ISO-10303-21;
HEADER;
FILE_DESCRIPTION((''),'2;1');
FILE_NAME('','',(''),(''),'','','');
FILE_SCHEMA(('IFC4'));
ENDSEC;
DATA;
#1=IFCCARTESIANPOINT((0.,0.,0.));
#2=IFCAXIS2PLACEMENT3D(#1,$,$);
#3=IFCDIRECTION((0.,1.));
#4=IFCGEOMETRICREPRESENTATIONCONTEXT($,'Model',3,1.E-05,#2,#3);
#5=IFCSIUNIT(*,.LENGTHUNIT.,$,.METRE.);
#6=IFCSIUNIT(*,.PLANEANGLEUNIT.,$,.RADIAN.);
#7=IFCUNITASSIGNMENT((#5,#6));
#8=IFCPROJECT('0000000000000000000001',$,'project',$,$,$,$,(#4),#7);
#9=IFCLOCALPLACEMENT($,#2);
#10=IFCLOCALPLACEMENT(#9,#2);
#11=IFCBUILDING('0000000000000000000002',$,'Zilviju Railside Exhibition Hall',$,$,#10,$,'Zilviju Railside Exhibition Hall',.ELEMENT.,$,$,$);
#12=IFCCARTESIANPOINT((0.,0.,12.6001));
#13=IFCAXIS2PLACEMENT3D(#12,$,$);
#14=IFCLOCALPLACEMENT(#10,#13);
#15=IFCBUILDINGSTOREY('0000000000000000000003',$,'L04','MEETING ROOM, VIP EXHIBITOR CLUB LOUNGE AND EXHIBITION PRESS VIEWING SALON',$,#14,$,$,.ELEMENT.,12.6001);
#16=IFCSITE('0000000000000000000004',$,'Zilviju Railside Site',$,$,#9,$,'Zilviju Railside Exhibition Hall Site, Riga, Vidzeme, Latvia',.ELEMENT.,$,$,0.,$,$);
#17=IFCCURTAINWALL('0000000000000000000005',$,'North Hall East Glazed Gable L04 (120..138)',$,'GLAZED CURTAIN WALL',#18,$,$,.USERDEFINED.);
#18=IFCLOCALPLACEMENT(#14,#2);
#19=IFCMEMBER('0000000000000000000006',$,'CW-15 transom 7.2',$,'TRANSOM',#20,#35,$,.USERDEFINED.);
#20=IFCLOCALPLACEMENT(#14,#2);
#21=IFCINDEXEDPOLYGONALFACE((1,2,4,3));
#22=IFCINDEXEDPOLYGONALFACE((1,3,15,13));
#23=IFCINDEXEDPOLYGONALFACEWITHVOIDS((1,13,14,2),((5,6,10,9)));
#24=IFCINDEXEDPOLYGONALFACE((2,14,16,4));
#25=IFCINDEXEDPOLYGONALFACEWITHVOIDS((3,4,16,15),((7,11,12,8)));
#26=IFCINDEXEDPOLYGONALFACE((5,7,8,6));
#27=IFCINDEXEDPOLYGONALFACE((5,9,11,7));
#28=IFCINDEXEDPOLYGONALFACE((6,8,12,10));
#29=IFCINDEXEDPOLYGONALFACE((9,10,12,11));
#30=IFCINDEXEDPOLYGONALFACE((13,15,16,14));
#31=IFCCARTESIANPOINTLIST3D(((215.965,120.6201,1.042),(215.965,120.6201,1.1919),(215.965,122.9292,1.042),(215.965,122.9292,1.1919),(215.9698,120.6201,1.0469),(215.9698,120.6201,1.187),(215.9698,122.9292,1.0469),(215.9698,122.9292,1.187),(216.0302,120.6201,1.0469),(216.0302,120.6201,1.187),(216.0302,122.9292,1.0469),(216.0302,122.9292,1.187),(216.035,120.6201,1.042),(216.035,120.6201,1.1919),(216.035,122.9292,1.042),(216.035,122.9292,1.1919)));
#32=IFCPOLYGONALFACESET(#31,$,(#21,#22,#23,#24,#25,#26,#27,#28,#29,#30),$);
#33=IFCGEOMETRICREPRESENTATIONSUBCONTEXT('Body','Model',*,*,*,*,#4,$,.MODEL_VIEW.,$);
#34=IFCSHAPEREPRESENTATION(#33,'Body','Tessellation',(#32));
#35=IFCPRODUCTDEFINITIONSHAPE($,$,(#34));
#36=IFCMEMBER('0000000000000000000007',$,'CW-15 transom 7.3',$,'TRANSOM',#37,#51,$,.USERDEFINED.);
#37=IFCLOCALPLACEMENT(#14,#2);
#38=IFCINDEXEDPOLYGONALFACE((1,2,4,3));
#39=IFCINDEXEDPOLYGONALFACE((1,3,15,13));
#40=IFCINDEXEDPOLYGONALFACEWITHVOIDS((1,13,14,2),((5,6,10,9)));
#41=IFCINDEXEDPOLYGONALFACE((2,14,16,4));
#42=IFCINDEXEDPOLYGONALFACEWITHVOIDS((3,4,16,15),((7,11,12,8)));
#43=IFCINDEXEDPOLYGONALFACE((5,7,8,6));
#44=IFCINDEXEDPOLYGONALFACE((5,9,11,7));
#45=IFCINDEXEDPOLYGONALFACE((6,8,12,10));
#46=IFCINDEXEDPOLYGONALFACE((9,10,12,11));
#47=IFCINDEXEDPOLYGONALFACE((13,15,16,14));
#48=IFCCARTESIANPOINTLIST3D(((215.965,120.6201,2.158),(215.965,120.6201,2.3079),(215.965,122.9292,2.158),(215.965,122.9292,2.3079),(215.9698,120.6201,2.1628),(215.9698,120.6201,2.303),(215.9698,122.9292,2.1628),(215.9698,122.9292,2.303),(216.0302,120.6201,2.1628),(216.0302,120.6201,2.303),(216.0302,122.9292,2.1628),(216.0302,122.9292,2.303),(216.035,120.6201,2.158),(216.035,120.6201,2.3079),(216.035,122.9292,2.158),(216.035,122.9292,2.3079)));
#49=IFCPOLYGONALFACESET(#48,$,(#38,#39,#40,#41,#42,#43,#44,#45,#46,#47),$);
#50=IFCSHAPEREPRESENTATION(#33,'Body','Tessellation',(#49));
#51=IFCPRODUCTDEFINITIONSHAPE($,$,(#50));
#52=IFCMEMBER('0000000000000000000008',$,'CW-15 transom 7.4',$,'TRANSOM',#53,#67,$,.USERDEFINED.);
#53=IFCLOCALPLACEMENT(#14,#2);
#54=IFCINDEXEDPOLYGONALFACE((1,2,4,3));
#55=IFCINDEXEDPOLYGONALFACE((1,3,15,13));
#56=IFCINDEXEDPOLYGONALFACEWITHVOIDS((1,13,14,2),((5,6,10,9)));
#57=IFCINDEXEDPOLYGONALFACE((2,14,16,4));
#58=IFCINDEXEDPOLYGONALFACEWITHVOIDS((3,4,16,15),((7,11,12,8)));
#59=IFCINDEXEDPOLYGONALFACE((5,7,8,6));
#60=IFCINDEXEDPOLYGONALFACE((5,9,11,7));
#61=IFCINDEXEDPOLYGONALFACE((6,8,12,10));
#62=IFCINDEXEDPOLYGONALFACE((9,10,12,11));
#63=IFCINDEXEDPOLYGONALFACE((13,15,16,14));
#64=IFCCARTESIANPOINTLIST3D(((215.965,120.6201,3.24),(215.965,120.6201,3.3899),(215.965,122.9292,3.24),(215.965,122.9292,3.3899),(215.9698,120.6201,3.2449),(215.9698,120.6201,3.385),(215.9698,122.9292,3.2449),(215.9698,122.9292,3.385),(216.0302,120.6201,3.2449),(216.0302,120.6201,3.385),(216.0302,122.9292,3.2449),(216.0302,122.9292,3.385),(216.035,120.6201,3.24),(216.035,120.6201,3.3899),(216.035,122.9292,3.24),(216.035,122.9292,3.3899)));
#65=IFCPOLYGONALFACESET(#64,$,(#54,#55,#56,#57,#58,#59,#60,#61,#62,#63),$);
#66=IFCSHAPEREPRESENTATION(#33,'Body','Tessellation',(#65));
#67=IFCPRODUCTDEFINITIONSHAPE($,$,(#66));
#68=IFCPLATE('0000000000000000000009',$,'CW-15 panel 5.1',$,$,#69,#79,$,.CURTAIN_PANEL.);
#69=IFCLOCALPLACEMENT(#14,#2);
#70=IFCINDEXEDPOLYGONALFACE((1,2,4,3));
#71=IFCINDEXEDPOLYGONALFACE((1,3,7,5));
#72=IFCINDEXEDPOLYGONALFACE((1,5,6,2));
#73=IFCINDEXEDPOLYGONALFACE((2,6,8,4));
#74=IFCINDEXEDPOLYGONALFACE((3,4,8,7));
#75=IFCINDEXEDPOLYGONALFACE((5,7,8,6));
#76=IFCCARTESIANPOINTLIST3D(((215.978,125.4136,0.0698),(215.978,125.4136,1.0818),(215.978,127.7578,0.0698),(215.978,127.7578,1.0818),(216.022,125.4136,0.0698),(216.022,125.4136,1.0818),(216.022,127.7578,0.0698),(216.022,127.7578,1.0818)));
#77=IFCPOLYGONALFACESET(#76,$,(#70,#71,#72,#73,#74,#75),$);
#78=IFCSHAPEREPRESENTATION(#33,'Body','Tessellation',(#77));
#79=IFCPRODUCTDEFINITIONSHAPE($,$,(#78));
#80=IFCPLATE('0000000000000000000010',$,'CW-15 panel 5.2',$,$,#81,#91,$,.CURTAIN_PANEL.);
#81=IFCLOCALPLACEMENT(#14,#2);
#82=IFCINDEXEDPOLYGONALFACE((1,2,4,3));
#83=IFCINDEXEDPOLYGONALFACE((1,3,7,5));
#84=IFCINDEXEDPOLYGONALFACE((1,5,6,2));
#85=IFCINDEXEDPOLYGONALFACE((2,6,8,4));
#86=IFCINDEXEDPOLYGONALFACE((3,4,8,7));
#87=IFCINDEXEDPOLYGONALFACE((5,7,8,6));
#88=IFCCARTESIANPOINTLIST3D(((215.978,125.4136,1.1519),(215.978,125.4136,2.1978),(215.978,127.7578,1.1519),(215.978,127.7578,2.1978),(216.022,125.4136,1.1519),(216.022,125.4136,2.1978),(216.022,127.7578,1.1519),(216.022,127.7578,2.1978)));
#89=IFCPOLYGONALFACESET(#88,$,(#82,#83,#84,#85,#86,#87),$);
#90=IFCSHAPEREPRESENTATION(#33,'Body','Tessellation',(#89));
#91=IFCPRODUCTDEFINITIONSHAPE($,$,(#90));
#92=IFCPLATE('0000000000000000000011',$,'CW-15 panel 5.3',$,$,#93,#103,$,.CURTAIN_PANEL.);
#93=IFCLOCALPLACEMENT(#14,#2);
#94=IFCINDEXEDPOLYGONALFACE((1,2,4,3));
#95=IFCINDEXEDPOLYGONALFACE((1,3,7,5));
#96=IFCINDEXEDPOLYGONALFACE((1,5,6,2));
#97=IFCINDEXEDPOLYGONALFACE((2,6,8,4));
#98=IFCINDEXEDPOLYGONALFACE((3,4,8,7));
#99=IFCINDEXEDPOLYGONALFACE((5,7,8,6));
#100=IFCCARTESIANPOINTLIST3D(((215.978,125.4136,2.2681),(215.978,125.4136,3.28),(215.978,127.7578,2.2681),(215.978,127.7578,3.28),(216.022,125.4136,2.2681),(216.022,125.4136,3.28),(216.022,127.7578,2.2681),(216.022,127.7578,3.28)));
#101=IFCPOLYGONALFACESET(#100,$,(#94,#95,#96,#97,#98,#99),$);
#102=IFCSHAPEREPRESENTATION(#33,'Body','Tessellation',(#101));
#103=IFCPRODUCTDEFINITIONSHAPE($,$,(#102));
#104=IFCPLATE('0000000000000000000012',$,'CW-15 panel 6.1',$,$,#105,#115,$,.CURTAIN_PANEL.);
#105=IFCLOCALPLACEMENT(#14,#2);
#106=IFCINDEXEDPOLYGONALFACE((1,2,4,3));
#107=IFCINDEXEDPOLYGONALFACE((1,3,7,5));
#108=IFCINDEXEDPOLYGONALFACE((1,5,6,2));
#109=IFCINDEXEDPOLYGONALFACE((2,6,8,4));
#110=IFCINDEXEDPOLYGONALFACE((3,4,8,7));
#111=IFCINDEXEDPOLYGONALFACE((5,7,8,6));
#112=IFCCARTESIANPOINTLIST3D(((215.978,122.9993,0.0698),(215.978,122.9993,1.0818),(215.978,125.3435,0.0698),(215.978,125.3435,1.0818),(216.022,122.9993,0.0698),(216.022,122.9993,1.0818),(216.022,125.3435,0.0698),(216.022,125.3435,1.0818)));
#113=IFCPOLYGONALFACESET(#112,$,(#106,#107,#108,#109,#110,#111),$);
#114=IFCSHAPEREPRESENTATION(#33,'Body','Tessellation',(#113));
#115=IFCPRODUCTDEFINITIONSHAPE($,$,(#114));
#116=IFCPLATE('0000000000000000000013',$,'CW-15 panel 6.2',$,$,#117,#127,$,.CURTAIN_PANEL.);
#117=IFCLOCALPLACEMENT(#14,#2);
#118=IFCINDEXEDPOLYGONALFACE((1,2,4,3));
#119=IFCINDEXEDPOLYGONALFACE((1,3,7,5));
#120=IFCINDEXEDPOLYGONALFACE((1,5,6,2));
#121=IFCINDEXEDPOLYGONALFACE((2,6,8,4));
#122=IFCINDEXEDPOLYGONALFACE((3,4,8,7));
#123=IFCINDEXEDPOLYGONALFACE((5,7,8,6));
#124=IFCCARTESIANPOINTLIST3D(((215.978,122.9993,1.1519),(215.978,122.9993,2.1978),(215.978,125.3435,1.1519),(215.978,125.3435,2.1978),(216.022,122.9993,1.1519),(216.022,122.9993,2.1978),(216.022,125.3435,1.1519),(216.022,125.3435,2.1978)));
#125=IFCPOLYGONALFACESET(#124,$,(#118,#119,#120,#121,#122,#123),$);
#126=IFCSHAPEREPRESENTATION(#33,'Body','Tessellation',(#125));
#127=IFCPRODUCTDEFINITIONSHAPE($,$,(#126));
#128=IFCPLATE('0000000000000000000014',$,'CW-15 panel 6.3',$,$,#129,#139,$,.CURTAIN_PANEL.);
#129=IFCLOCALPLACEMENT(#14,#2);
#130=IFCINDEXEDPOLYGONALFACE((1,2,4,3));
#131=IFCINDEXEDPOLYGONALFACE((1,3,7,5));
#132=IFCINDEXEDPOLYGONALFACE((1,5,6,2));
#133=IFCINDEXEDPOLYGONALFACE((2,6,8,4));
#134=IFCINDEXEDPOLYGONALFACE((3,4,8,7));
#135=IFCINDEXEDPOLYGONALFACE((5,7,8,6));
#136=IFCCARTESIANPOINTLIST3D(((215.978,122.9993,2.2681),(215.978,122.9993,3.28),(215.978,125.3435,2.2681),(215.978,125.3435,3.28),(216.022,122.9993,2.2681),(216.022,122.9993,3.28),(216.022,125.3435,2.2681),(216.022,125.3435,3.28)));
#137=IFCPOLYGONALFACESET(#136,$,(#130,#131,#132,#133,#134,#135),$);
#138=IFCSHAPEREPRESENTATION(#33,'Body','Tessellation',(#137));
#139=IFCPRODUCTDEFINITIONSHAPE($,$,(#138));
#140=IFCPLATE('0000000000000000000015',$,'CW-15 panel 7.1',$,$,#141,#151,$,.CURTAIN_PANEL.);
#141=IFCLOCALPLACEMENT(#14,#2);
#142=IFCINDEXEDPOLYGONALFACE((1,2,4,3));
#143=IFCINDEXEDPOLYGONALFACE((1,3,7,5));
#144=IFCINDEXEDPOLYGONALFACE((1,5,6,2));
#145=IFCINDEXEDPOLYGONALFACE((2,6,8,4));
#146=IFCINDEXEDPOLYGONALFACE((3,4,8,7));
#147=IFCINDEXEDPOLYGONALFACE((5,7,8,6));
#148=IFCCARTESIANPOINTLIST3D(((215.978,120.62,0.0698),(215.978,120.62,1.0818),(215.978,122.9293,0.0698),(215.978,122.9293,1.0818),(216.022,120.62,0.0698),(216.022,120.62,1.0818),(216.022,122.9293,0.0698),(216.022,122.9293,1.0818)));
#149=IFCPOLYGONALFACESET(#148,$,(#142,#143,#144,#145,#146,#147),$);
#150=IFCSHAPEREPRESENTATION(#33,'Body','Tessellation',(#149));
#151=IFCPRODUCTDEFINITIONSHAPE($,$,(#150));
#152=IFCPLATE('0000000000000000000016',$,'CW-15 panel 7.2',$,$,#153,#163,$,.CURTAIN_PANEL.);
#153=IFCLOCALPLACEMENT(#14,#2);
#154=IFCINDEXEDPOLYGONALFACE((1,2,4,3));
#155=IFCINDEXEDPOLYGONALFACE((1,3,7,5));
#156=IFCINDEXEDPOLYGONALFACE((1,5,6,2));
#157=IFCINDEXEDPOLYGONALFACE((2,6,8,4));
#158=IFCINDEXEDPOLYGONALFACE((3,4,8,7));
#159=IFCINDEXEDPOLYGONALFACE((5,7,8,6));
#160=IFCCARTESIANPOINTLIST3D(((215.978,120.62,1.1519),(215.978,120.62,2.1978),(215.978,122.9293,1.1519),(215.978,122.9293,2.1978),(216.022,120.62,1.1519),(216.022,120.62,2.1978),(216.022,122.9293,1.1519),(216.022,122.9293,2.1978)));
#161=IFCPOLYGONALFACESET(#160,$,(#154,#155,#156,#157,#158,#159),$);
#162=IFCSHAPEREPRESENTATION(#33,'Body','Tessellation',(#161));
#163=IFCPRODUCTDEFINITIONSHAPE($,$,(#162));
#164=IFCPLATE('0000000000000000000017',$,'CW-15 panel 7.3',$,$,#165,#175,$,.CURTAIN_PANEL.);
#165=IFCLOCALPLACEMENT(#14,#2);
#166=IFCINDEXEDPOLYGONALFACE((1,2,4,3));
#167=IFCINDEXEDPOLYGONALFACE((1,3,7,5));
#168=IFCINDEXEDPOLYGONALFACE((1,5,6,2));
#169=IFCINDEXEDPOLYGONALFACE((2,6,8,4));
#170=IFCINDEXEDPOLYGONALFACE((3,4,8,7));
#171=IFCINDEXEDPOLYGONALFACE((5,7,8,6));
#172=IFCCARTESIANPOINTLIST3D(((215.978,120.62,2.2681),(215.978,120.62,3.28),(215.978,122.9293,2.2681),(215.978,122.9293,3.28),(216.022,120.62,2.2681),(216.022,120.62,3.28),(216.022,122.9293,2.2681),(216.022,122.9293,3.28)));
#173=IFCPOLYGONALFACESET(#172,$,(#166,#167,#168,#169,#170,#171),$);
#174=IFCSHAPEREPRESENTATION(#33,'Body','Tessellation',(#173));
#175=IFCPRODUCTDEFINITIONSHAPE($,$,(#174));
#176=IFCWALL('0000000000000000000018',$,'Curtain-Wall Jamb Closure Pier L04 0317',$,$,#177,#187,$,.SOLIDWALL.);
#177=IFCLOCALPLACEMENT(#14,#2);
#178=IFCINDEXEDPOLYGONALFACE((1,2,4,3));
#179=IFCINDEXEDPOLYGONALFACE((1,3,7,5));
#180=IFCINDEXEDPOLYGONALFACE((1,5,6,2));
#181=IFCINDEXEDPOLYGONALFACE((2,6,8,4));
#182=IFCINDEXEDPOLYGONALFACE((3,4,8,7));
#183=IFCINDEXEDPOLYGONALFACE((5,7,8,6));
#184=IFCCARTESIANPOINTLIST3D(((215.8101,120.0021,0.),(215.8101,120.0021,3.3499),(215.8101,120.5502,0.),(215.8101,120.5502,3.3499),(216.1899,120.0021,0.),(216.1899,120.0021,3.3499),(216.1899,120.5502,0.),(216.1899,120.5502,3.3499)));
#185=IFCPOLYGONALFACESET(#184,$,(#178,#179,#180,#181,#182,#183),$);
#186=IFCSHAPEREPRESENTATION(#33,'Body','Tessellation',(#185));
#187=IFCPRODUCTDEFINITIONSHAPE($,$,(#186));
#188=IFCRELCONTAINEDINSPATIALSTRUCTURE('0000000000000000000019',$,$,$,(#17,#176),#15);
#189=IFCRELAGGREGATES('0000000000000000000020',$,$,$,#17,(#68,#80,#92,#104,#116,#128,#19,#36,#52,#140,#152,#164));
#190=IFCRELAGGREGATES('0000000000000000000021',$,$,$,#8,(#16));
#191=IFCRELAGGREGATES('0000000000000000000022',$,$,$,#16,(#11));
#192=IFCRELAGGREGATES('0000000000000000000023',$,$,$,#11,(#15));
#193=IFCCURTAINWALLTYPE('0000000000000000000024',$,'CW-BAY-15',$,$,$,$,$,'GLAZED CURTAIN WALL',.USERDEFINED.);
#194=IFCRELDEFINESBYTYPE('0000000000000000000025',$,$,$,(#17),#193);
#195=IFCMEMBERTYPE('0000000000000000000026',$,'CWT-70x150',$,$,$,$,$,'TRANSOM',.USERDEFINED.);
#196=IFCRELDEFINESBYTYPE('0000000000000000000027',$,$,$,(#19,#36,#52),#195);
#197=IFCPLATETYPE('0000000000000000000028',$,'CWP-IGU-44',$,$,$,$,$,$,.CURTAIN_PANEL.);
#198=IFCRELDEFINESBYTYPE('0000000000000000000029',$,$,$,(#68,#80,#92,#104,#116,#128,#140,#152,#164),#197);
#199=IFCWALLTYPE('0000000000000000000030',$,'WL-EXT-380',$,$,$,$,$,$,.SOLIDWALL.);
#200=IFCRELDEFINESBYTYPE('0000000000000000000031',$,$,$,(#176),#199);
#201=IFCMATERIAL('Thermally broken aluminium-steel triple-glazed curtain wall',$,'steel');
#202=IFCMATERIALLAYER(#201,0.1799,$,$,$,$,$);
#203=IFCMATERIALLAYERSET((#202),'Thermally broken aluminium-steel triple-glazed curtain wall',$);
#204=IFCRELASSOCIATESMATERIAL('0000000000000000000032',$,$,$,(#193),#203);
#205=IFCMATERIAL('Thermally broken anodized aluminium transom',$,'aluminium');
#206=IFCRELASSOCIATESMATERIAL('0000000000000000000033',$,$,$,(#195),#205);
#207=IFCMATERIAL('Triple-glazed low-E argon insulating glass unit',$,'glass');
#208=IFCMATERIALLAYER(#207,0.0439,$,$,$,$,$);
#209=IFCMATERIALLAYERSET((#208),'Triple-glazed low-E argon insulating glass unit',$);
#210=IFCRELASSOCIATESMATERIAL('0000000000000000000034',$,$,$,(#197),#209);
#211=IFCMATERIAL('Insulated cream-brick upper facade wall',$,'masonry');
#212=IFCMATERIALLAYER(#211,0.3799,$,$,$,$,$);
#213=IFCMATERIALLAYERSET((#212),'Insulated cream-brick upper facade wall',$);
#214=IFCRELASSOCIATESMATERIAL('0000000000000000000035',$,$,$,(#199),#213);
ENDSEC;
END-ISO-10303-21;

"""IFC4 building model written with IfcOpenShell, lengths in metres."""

from ifc_helpers import new_model, si_unit, direction, frame, frame_2d, origin, origin_2d, place, context, subcontext, project, spatial, rectangle, hollow_rectangle, extrude, material, layer, layer_set, material_profile, profile_set, type_object, element, aggregate, save


model = new_model("IFC4")

# Units and contexts
model_context = context("Model", 3, precision=1e-05, world=origin(), true_north=direction((0.0, 1.0)))
body_context = subcontext(model_context, "Body", "Model", "MODEL_VIEW")
ifc_project = project(units=[si_unit("LENGTHUNIT", "METRE"), si_unit("PLANEANGLEUNIT", "RADIAN")], contexts=[model_context])

# Site, building, storey
site_placement = place(None, origin())
site = spatial("IfcSite", under=ifc_project, at=site_placement, Name="Zilviju Railside Site", LongName="Zilviju Railside Exhibition Hall Site, Riga, Vidzeme, Latvia", CompositionType="ELEMENT", RefElevation=0.0)
building_placement = place(site_placement, origin())
building = spatial("IfcBuilding", under=site, at=building_placement, Name="Zilviju Railside Exhibition Hall", LongName="Zilviju Railside Exhibition Hall", CompositionType="ELEMENT")
storey_placement = place(building_placement, frame((0.0, 0.0, 12.6001)))
storey = spatial("IfcBuildingStorey", under=building, at=storey_placement, Name="L04", Description="MEETING ROOM, VIP EXHIBITOR CLUB LOUNGE AND EXHIBITION PRESS VIEWING SALON", CompositionType="ELEMENT", Elevation=12.6001)

# Curtain wall, members, plates
ifc_material_1 = material(Name="Thermally broken aluminium-steel triple-glazed curtain wall", Category="steel")
ifc_layer_1 = layer(ifc_material_1, 0.1799)
ifc_layer_set_1 = layer_set([ifc_layer_1], Name="Thermally broken aluminium-steel triple-glazed curtain wall")
curtain_wall_type = type_object("IfcCurtainWallType", Name="CW-BAY-15", ElementType="GLAZED CURTAIN WALL", PredefinedType="USERDEFINED", material=ifc_layer_set_1)
curtain_wall_placement = place(storey_placement, origin())
curtain_wall = element("IfcCurtainWall", 1, at=curtain_wall_placement, inside=storey, type_object=curtain_wall_type, Name="North Hall East Glazed Gable L04 (120..138)", ObjectType="GLAZED CURTAIN WALL", PredefinedType="USERDEFINED")
ifc_material_2 = material(Name="Thermally broken anodized aluminium transom", Category="aluminium")
ifc_material_profile_1 = material_profile(ifc_material_2, hollow_rectangle(XDim=0.0701, YDim=0.1499, WallThickness=0.0049, at=origin_2d()), Name="TRANSOM 150x70x5")
ifc_profile_set_1 = profile_set([ifc_material_profile_1], Name="Thermally broken anodized aluminium transom")
member_type_1 = type_object("IfcMemberType", Name="CWT-70x150", ElementType="TRANSOM", PredefinedType="USERDEFINED", material=ifc_profile_set_1)
member_1_placement = place(storey_placement, frame((216.0, 122.9292, 1.1169), z_axis=(0.0, -1.0, 0.0), x_axis=(1.0, 0.0, 0.0)))
member_1 = element("IfcMember", 2, at=member_1_placement, type_object=member_type_1, Name="CW-15 transom 7.2", ObjectType="TRANSOM", PredefinedType="USERDEFINED", context=body_context, shape_type="SweptSolid", body=[
    extrude(hollow_rectangle(XDim=0.0701, YDim=0.1499, WallThickness=0.0049, at=origin_2d()), origin(), (0.0, 0.0, 1.0), 2.3091),
])
member_2_placement = place(storey_placement, frame((216.0, 122.9292, 2.2329), z_axis=(0.0, -1.0, 0.0), x_axis=(1.0, 0.0, 0.0)))
member_2 = element("IfcMember", 3, at=member_2_placement, type_object=member_type_1, Name="CW-15 transom 7.3", ObjectType="TRANSOM", PredefinedType="USERDEFINED", context=body_context, shape_type="SweptSolid", body=[
    extrude(hollow_rectangle(XDim=0.0701, YDim=0.1499, WallThickness=0.0049, at=origin_2d()), origin(), (0.0, 0.0, 1.0), 2.3091),
])
member_3_placement = place(storey_placement, frame((216.0, 122.9292, 3.3149), z_axis=(0.0, -1.0, 0.0), x_axis=(1.0, 0.0, 0.0)))
member_3 = element("IfcMember", 4, at=member_3_placement, type_object=member_type_1, Name="CW-15 transom 7.4", ObjectType="TRANSOM", PredefinedType="USERDEFINED", context=body_context, shape_type="SweptSolid", body=[
    extrude(hollow_rectangle(XDim=0.0701, YDim=0.1499, WallThickness=0.0049, at=origin_2d()), origin(), (0.0, 0.0, 1.0), 2.3091),
])
ifc_material_3 = material(Name="Triple-glazed low-E argon insulating glass unit", Category="glass")
ifc_layer_2 = layer(ifc_material_3, 0.0439)
ifc_layer_set_2 = layer_set([ifc_layer_2], Name="Triple-glazed low-E argon insulating glass unit")
plate_type = type_object("IfcPlateType", Name="CWP-IGU-44", PredefinedType="CURTAIN_PANEL", material=ifc_layer_set_2)
plate_1_placement = place(storey_placement, frame((216.0, 126.5857, 0.0698), z_axis=(0.0, 0.0, 1.0), x_axis=(0.0, -1.0, 0.0)))
plate_1 = element("IfcPlate", 5, at=plate_1_placement, type_object=plate_type, Name="CW-15 panel 5.1", PredefinedType="CURTAIN_PANEL", context=body_context, shape_type="SweptSolid", body=[
    extrude(rectangle(XDim=2.3442, YDim=0.0439, at=origin_2d()), origin(), (0.0, 0.0, 1.0), 1.012),
])
plate_2_placement = place(storey_placement, frame((216.0, 126.5857, 1.1519), z_axis=(0.0, 0.0, 1.0), x_axis=(0.0, -1.0, 0.0)))
plate_2 = element("IfcPlate", 6, at=plate_2_placement, type_object=plate_type, Name="CW-15 panel 5.2", PredefinedType="CURTAIN_PANEL", context=body_context, shape_type="SweptSolid", body=[
    extrude(rectangle(XDim=2.3442, YDim=0.0439, at=origin_2d()), origin(), (0.0, 0.0, 1.0), 1.0459),
])
plate_3_placement = place(storey_placement, frame((216.0, 126.5857, 2.2681), z_axis=(0.0, 0.0, 1.0), x_axis=(0.0, -1.0, 0.0)))
plate_3 = element("IfcPlate", 7, at=plate_3_placement, type_object=plate_type, Name="CW-15 panel 5.3", PredefinedType="CURTAIN_PANEL", context=body_context, shape_type="SweptSolid", body=[
    extrude(rectangle(XDim=2.3442, YDim=0.0439, at=origin_2d()), origin(), (0.0, 0.0, 1.0), 1.012),
])
plate_4_placement = place(storey_placement, frame((216.0, 124.1714, 0.0698), z_axis=(0.0, 0.0, 1.0), x_axis=(0.0, -1.0, 0.0)))
plate_4 = element("IfcPlate", 8, at=plate_4_placement, type_object=plate_type, Name="CW-15 panel 6.1", PredefinedType="CURTAIN_PANEL", context=body_context, shape_type="SweptSolid", body=[
    extrude(rectangle(XDim=2.3442, YDim=0.0439, at=origin_2d()), origin(), (0.0, 0.0, 1.0), 1.012),
])
plate_5_placement = place(storey_placement, frame((216.0, 124.1714, 1.1519), z_axis=(0.0, 0.0, 1.0), x_axis=(0.0, -1.0, 0.0)))
plate_5 = element("IfcPlate", 9, at=plate_5_placement, type_object=plate_type, Name="CW-15 panel 6.2", PredefinedType="CURTAIN_PANEL", context=body_context, shape_type="SweptSolid", body=[
    extrude(rectangle(XDim=2.3442, YDim=0.0439, at=origin_2d()), origin(), (0.0, 0.0, 1.0), 1.0459),
])
plate_6_placement = place(storey_placement, frame((216.0, 124.1714, 2.2681), z_axis=(0.0, 0.0, 1.0), x_axis=(0.0, -1.0, 0.0)))
plate_6 = element("IfcPlate", 10, at=plate_6_placement, type_object=plate_type, Name="CW-15 panel 6.3", PredefinedType="CURTAIN_PANEL", context=body_context, shape_type="SweptSolid", body=[
    extrude(rectangle(XDim=2.3442, YDim=0.0439, at=origin_2d()), origin(), (0.0, 0.0, 1.0), 1.012),
])
plate_7_placement = place(storey_placement, frame((216.0, 121.7747, 0.0698), z_axis=(0.0, 0.0, 1.0), x_axis=(0.0, -1.0, 0.0)))
plate_7 = element("IfcPlate", 11, at=plate_7_placement, type_object=plate_type, Name="CW-15 panel 7.1", PredefinedType="CURTAIN_PANEL", context=body_context, shape_type="SweptSolid", body=[
    extrude(rectangle(XDim=2.3093, YDim=0.0439, at=origin_2d()), origin(), (0.0, 0.0, 1.0), 1.012),
])
plate_8_placement = place(storey_placement, frame((216.0, 121.7747, 1.1519), z_axis=(0.0, 0.0, 1.0), x_axis=(0.0, -1.0, 0.0)))
plate_8 = element("IfcPlate", 12, at=plate_8_placement, type_object=plate_type, Name="CW-15 panel 7.2", PredefinedType="CURTAIN_PANEL", context=body_context, shape_type="SweptSolid", body=[
    extrude(rectangle(XDim=2.3093, YDim=0.0439, at=origin_2d()), origin(), (0.0, 0.0, 1.0), 1.0459),
])
plate_9_placement = place(storey_placement, frame((216.0, 121.7747, 2.2681), z_axis=(0.0, 0.0, 1.0), x_axis=(0.0, -1.0, 0.0)))
plate_9 = element("IfcPlate", 13, at=plate_9_placement, type_object=plate_type, Name="CW-15 panel 7.3", PredefinedType="CURTAIN_PANEL", context=body_context, shape_type="SweptSolid", body=[
    extrude(rectangle(XDim=2.3093, YDim=0.0439, at=origin_2d()), origin(), (0.0, 0.0, 1.0), 1.012),
])
aggregate(curtain_wall, [plate_1, plate_2, plate_3, plate_4, plate_5, plate_6, member_1, member_2, member_3, plate_7, plate_8, plate_9])

# Wall
ifc_material_4 = material(Name="Insulated cream-brick upper facade wall", Category="masonry")
ifc_layer_3 = layer(ifc_material_4, 0.3799)
ifc_layer_set_3 = layer_set([ifc_layer_3], Name="Insulated cream-brick upper facade wall")
wall_type = type_object("IfcWallType", Name="WL-EXT-380", PredefinedType="SOLIDWALL", material=ifc_layer_set_3)
wall_placement = place(storey_placement, frame((216.0, 120.55, 0.0), z_axis=(0.0, 0.0, 1.0), x_axis=(0.0, -1.0, 0.0)))
element("IfcWall", 14, at=wall_placement, inside=storey, type_object=wall_type, Name="Curtain-Wall Jamb Closure Pier L04 0317", PredefinedType="SOLIDWALL", context=body_context, shape_type="SweptSolid", body=[
    extrude(rectangle(XDim=0.5481, YDim=0.3799, at=frame_2d((0.2739, 0.0))), origin(), (0.0, 0.0, 1.0), 3.3499),
])

save(model, "model.ifc")
